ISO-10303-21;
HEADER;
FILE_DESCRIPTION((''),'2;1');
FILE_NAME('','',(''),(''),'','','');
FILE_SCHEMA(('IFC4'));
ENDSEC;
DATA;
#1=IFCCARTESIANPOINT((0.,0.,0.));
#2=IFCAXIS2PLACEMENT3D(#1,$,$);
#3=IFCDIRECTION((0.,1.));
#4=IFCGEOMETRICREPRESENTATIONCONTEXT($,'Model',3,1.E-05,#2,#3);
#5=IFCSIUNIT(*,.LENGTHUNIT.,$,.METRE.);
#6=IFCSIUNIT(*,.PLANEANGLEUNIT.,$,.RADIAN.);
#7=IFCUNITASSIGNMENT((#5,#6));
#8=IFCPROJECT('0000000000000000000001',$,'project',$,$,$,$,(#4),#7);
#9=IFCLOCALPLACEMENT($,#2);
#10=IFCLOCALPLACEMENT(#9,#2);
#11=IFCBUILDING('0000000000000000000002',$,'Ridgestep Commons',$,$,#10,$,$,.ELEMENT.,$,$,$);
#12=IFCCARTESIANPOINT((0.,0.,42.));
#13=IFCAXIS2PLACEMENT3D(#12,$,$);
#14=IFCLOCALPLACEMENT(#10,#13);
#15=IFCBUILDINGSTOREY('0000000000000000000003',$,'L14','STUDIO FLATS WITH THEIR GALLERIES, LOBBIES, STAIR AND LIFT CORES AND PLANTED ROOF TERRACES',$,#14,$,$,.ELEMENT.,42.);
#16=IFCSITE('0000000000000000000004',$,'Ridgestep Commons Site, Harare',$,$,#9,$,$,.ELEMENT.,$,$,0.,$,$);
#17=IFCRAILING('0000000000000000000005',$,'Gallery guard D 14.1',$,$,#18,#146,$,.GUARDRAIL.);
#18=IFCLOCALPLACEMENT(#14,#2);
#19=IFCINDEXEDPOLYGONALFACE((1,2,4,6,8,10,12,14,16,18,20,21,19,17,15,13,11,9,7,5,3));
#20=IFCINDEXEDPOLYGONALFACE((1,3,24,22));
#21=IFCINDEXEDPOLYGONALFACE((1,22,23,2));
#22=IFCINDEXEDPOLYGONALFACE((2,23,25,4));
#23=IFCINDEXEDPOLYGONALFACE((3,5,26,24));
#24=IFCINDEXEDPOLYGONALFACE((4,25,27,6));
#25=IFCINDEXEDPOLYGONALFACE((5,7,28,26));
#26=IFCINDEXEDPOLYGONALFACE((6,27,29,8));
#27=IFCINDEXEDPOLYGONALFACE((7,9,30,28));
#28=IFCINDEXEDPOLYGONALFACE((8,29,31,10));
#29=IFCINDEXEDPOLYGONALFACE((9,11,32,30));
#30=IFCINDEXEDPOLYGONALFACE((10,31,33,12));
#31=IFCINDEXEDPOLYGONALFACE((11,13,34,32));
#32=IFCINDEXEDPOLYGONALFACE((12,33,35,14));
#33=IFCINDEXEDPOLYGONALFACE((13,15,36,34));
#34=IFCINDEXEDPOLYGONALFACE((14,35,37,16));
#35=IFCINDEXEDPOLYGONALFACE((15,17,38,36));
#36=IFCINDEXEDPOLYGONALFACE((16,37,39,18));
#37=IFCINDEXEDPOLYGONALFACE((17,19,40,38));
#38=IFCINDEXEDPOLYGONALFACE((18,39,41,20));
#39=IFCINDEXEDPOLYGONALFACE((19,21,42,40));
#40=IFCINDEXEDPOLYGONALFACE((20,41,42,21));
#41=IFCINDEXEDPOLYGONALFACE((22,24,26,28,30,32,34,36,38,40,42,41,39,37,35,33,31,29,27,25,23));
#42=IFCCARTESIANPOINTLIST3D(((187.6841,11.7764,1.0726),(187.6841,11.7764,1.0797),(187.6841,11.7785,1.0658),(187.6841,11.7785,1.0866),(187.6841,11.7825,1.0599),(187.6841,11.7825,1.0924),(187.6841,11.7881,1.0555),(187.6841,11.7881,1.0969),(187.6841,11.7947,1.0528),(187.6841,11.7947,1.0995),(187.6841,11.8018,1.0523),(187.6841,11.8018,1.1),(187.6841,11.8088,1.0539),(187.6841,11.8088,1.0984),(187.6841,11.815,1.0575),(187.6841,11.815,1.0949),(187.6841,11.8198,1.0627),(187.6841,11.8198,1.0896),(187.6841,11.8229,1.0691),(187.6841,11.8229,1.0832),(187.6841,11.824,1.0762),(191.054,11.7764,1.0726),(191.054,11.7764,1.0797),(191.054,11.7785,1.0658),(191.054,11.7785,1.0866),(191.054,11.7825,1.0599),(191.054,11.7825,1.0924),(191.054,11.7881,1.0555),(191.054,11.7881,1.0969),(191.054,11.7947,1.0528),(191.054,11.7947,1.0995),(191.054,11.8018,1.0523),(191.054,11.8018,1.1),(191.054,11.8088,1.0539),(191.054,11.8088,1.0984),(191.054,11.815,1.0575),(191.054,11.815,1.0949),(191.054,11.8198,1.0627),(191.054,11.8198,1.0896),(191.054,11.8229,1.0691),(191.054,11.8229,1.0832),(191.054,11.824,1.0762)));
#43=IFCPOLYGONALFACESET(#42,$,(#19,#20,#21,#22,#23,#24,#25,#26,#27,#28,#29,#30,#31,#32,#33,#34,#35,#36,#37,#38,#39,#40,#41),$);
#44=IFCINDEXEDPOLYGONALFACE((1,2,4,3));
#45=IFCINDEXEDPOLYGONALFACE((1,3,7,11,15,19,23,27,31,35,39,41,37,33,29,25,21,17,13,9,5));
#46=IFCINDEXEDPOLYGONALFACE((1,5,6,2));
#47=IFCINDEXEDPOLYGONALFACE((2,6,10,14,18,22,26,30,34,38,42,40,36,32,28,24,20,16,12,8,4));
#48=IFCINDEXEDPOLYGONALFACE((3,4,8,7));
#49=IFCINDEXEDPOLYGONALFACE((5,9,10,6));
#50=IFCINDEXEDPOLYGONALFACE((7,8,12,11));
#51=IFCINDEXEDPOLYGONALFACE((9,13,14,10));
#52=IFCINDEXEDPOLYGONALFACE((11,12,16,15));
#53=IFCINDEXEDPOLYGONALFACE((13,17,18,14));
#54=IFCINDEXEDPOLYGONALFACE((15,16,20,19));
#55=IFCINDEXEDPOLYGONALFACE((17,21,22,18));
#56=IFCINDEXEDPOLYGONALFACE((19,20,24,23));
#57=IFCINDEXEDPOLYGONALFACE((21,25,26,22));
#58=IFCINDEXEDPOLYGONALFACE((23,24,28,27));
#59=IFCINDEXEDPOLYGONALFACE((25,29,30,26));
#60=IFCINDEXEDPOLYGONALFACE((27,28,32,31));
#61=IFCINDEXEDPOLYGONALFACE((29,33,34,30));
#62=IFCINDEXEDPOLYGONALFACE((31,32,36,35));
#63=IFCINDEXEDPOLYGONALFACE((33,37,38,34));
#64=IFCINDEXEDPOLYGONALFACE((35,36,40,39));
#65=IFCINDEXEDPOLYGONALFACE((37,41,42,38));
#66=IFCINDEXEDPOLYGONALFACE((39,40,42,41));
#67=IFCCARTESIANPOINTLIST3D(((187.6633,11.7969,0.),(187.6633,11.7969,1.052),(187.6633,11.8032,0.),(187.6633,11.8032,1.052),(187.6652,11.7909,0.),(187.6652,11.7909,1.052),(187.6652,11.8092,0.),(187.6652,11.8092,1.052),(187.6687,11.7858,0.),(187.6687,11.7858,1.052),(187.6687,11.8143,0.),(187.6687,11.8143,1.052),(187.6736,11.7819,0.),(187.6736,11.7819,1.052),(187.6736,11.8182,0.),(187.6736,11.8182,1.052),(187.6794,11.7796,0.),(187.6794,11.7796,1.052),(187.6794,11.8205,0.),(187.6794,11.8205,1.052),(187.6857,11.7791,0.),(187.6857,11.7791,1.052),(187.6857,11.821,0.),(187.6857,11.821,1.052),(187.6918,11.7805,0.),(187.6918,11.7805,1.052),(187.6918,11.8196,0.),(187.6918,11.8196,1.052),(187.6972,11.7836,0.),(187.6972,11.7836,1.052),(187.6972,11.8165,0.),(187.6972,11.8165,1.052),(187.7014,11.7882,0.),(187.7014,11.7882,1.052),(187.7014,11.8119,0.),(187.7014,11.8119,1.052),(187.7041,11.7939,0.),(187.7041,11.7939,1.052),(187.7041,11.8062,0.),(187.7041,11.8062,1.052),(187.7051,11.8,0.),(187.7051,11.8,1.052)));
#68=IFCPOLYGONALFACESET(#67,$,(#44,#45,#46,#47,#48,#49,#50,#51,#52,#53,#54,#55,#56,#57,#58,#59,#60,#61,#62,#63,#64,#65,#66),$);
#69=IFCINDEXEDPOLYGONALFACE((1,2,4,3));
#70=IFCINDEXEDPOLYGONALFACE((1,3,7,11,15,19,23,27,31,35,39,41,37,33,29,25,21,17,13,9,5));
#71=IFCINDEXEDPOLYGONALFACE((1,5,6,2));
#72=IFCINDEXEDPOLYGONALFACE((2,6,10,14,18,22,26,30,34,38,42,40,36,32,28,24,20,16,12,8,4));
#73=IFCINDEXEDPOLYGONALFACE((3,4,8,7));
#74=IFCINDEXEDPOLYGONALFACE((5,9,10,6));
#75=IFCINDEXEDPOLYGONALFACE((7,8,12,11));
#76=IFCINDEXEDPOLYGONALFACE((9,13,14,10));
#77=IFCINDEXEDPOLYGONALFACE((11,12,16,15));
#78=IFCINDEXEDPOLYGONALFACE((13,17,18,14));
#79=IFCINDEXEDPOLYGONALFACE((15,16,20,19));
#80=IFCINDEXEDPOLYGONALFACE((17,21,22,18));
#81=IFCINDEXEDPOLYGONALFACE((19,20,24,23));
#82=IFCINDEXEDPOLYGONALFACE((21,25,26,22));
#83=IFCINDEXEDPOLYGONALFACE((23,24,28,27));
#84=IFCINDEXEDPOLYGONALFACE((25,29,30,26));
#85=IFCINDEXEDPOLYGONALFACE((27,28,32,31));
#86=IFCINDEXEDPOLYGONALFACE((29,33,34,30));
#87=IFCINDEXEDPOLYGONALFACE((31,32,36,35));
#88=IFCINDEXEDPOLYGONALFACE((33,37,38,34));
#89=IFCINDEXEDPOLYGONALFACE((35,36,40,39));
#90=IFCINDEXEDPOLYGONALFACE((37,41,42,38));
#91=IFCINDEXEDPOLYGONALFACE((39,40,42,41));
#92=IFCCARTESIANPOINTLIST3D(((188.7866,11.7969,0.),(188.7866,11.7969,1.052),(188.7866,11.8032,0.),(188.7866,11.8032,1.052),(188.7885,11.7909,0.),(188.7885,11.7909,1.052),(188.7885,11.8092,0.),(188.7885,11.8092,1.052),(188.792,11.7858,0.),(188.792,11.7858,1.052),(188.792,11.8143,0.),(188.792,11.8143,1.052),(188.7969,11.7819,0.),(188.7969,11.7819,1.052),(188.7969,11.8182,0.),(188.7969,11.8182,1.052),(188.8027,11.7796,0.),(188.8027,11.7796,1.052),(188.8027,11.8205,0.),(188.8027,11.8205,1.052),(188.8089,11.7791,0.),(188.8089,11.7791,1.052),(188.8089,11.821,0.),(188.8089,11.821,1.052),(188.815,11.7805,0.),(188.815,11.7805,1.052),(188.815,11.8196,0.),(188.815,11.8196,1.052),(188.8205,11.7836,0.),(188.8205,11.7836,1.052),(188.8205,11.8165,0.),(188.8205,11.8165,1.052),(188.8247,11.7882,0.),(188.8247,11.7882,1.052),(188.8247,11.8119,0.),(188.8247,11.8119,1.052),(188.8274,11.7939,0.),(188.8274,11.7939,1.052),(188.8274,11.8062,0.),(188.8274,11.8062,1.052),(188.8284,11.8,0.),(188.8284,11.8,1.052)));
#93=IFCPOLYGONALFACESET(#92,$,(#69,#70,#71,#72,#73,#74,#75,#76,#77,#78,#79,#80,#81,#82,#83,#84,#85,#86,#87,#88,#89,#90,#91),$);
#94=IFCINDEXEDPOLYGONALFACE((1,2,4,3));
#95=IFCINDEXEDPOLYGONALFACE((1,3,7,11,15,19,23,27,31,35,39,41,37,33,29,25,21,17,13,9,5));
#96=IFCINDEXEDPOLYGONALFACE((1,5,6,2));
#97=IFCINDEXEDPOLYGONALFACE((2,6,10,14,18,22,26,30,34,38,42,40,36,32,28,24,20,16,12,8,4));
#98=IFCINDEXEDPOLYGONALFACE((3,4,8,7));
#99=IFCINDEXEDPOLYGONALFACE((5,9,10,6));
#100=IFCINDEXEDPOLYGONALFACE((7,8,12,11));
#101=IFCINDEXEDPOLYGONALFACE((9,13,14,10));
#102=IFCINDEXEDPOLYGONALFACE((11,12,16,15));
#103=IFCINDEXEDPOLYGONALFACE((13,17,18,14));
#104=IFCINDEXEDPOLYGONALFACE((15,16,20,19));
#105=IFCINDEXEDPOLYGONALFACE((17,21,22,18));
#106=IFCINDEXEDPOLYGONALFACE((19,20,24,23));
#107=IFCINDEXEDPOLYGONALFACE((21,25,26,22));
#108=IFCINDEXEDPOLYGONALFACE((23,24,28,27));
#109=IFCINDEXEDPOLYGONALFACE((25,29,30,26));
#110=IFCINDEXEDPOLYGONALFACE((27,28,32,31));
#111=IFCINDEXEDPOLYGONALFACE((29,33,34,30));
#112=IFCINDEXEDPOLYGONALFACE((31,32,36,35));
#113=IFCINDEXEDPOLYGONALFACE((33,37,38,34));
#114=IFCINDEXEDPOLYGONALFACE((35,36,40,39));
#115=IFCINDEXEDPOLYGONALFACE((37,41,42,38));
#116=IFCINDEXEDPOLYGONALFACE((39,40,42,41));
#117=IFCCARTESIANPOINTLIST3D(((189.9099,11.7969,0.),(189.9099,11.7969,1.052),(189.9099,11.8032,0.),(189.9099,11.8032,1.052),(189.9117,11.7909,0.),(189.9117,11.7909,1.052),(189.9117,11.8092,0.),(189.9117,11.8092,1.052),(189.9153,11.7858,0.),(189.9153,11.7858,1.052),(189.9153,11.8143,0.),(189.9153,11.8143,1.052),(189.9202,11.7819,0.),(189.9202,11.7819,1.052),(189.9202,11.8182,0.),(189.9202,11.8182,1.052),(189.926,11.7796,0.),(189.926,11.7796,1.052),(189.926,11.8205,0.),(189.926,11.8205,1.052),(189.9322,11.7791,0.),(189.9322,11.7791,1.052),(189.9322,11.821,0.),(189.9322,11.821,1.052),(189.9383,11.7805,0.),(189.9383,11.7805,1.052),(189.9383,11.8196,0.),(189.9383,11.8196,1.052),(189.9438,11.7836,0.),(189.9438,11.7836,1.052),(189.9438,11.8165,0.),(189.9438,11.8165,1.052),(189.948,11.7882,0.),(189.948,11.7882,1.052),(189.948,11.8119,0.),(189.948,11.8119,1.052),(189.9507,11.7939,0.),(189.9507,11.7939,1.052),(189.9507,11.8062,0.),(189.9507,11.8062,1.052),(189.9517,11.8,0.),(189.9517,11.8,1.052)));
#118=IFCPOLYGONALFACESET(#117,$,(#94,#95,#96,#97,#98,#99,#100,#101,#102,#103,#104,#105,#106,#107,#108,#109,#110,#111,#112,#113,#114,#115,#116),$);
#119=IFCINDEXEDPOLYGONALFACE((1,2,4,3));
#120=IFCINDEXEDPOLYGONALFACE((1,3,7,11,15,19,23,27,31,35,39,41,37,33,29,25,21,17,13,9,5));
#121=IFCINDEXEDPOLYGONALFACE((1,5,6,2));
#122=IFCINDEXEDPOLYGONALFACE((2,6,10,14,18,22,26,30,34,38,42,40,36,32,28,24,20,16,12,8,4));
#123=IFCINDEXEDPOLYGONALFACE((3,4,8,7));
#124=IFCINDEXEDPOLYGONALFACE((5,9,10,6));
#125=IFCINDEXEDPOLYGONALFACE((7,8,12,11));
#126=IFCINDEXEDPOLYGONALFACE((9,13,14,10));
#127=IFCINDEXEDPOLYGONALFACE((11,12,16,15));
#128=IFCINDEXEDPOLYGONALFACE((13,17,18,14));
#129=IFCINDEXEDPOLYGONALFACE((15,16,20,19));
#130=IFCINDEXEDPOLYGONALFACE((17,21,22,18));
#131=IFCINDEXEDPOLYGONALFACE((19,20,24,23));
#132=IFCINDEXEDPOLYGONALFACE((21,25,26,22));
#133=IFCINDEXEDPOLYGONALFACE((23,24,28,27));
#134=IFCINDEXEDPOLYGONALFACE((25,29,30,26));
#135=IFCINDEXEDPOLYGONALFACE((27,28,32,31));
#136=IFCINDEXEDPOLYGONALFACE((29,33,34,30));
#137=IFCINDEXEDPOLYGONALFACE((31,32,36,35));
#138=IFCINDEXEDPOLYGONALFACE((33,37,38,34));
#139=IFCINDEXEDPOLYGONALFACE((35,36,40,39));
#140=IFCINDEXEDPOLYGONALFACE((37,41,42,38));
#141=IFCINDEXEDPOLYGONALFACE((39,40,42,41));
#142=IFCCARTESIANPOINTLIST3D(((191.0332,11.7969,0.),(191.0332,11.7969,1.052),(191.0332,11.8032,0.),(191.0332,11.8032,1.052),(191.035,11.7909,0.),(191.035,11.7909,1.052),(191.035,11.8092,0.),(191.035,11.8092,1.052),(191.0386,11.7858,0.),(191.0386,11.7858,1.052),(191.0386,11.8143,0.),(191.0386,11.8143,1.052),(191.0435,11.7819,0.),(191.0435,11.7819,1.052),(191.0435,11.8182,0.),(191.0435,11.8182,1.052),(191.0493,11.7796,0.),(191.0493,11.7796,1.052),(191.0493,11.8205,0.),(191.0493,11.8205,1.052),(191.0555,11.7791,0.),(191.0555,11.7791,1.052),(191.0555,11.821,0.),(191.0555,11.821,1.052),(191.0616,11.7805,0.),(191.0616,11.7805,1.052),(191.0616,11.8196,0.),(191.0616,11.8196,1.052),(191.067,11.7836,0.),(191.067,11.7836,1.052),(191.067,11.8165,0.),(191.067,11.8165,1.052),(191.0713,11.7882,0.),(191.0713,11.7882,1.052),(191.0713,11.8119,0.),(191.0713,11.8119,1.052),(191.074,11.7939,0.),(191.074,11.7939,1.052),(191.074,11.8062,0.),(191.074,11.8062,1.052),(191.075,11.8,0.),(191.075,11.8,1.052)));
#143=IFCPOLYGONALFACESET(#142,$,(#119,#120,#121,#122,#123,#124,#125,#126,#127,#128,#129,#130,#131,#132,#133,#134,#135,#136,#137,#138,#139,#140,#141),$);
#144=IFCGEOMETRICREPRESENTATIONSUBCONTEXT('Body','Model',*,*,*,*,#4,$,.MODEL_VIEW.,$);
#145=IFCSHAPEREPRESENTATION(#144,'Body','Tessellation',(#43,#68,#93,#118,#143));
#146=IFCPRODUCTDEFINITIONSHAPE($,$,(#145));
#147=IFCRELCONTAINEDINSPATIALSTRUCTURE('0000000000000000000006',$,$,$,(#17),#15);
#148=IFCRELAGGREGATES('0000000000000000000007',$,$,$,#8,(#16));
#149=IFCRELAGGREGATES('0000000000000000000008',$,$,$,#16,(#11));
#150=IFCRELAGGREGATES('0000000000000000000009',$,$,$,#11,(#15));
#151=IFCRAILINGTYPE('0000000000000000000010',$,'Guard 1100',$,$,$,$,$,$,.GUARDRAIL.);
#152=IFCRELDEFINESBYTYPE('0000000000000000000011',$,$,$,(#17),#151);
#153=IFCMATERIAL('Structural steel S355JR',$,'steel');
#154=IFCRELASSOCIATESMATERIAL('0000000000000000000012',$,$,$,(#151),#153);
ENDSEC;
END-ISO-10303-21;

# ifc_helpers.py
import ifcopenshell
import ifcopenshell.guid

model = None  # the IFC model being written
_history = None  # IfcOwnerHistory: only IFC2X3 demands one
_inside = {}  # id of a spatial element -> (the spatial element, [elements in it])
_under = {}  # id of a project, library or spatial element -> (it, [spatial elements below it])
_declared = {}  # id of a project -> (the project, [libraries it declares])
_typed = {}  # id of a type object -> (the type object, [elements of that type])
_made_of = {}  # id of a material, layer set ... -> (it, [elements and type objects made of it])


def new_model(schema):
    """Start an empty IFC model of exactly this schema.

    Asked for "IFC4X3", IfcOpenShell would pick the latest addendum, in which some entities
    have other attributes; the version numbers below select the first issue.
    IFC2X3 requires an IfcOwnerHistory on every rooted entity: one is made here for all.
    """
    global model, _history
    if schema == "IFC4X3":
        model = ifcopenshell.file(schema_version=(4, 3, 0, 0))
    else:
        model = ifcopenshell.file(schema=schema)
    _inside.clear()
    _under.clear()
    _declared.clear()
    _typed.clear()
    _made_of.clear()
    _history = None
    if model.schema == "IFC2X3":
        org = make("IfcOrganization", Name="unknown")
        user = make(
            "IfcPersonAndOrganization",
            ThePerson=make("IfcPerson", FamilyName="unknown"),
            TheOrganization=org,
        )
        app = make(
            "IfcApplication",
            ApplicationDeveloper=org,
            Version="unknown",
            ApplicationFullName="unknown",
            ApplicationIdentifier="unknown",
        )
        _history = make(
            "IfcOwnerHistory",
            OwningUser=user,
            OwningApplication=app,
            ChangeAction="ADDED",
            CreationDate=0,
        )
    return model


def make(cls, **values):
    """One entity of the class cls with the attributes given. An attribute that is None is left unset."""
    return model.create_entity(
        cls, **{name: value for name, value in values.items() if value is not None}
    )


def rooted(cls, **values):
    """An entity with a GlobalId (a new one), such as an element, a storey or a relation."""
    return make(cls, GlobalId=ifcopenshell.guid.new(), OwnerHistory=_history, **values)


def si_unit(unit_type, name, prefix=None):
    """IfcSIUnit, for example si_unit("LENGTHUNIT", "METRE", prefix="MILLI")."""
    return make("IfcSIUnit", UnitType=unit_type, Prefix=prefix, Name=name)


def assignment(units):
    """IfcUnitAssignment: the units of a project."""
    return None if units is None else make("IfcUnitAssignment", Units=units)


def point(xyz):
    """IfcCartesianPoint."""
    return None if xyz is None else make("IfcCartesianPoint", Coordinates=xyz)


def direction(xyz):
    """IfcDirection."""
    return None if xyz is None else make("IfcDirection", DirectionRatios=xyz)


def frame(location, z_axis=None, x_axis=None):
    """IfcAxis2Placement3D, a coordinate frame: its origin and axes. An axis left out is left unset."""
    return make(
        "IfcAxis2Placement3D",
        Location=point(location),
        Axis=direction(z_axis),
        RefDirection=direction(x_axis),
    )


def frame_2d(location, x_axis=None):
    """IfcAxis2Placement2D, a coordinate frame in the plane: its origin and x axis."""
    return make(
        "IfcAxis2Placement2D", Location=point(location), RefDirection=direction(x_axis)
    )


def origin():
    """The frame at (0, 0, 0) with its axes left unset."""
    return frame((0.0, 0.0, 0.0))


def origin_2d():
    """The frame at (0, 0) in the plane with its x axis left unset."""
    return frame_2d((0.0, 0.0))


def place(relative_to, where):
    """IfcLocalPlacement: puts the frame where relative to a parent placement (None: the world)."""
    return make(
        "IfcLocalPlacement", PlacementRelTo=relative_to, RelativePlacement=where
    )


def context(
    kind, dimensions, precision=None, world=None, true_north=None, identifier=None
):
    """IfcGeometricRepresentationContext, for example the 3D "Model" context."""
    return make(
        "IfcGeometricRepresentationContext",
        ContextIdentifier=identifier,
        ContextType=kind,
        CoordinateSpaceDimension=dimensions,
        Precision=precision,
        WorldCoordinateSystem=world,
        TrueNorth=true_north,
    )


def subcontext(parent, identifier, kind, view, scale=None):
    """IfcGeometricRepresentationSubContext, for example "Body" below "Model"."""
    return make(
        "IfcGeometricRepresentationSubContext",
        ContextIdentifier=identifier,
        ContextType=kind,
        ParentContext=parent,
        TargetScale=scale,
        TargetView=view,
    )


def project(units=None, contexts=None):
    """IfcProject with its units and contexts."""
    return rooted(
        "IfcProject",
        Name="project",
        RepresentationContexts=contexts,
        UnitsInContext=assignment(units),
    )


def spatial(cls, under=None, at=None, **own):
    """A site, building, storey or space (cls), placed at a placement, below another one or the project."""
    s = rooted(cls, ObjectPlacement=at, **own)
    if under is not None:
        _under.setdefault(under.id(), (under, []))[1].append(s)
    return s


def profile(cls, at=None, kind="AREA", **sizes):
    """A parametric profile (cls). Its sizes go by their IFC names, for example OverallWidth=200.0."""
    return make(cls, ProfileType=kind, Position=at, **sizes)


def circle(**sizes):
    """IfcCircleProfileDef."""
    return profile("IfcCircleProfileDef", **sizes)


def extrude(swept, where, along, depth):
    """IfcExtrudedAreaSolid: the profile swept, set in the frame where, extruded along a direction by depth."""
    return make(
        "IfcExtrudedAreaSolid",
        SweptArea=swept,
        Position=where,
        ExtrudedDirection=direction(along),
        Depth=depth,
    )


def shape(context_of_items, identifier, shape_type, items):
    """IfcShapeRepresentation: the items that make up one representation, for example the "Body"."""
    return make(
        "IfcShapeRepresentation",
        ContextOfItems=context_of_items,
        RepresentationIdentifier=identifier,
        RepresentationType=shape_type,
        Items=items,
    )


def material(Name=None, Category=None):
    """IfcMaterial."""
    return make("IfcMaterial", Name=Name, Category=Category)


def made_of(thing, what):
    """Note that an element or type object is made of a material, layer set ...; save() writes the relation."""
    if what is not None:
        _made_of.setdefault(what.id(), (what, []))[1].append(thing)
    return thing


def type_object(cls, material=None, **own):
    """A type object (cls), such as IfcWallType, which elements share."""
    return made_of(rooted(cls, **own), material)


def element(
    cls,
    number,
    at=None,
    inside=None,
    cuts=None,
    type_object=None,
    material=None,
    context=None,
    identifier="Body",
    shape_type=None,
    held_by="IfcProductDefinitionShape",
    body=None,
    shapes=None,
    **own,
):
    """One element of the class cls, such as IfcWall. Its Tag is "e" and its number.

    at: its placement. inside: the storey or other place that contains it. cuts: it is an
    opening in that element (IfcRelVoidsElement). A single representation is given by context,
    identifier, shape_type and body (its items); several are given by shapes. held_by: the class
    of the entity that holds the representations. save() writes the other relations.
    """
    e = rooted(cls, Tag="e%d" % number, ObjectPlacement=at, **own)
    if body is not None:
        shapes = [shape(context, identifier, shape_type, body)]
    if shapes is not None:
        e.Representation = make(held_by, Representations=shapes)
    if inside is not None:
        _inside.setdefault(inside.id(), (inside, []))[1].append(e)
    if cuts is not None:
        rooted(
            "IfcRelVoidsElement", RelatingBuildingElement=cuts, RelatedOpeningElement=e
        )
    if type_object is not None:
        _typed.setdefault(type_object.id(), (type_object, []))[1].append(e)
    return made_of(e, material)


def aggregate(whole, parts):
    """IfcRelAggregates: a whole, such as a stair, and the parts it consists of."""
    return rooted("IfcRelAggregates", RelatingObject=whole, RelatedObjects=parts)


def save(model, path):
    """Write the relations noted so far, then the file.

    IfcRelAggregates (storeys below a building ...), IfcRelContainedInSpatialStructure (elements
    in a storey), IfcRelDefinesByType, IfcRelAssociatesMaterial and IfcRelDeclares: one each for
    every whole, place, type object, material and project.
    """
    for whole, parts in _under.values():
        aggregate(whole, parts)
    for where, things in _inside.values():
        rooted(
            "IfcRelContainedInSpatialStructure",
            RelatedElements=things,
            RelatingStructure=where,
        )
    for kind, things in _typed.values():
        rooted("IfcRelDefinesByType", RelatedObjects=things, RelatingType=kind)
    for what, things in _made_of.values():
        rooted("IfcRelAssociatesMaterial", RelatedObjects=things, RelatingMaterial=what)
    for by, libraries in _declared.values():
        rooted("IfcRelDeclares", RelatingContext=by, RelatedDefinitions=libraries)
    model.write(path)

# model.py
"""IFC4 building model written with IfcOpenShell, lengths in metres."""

from ifc_helpers import new_model, si_unit, direction, frame, origin, origin_2d, place, context, subcontext, project, spatial, circle, extrude, material, type_object, element, save


model = new_model("IFC4")

# Units and contexts
model_context = context("Model", 3, precision=1e-05, world=origin(), true_north=direction((0.0, 1.0)))
body_context = subcontext(model_context, "Body", "Model", "MODEL_VIEW")
ifc_project = project(units=[si_unit("LENGTHUNIT", "METRE"), si_unit("PLANEANGLEUNIT", "RADIAN")], contexts=[model_context])

# Site, building, storey
site_placement = place(None, origin())
site = spatial("IfcSite", under=ifc_project, at=site_placement, Name="Ridgestep Commons Site, Harare", CompositionType="ELEMENT", RefElevation=0.0)
building_placement = place(site_placement, origin())
building = spatial("IfcBuilding", under=site, at=building_placement, Name="Ridgestep Commons", CompositionType="ELEMENT")
storey_placement = place(building_placement, frame((0.0, 0.0, 42.0)))
storey = spatial("IfcBuildingStorey", under=building, at=storey_placement, Name="L14", Description="STUDIO FLATS WITH THEIR GALLERIES, LOBBIES, STAIR AND LIFT CORES AND PLANTED ROOF TERRACES", CompositionType="ELEMENT", Elevation=42.0)

# Railing
ifc_material_1 = material(Name="Structural steel S355JR", Category="steel")
railing_type_1 = type_object("IfcRailingType", Name="Guard 1100", PredefinedType="GUARDRAIL", material=ifc_material_1)
railing_1_placement = place(storey_placement, frame((187.6841, 11.8, 0.0)))
element("IfcRailing", 1, at=railing_1_placement, inside=storey, type_object=railing_type_1, Name="Gallery guard D 14.1", PredefinedType="GUARDRAIL", context=body_context, shape_type="SweptSolid", body=[
    extrude(circle(Radius=0.0239, at=origin_2d()), frame((0.0, 0.0, 1.0762), z_axis=(1.0, 0.0, 0.0), x_axis=(0.0, 1.0, 0.0)), (0.0, 0.0, 1.0), 3.3699),
    extrude(circle(Radius=0.021, at=origin_2d()), origin(), (0.0, 0.0, 1.0), 1.052),
    extrude(circle(Radius=0.021, at=origin_2d()), frame((1.1233, 0.0, 0.0)), (0.0, 0.0, 1.0), 1.052),
    extrude(circle(Radius=0.021, at=origin_2d()), frame((2.2466, 0.0, 0.0)), (0.0, 0.0, 1.0), 1.052),
    extrude(circle(Radius=0.021, at=origin_2d()), frame((3.3699, 0.0, 0.0)), (0.0, 0.0, 1.0), 1.052),
])

save(model, "model.ifc")
